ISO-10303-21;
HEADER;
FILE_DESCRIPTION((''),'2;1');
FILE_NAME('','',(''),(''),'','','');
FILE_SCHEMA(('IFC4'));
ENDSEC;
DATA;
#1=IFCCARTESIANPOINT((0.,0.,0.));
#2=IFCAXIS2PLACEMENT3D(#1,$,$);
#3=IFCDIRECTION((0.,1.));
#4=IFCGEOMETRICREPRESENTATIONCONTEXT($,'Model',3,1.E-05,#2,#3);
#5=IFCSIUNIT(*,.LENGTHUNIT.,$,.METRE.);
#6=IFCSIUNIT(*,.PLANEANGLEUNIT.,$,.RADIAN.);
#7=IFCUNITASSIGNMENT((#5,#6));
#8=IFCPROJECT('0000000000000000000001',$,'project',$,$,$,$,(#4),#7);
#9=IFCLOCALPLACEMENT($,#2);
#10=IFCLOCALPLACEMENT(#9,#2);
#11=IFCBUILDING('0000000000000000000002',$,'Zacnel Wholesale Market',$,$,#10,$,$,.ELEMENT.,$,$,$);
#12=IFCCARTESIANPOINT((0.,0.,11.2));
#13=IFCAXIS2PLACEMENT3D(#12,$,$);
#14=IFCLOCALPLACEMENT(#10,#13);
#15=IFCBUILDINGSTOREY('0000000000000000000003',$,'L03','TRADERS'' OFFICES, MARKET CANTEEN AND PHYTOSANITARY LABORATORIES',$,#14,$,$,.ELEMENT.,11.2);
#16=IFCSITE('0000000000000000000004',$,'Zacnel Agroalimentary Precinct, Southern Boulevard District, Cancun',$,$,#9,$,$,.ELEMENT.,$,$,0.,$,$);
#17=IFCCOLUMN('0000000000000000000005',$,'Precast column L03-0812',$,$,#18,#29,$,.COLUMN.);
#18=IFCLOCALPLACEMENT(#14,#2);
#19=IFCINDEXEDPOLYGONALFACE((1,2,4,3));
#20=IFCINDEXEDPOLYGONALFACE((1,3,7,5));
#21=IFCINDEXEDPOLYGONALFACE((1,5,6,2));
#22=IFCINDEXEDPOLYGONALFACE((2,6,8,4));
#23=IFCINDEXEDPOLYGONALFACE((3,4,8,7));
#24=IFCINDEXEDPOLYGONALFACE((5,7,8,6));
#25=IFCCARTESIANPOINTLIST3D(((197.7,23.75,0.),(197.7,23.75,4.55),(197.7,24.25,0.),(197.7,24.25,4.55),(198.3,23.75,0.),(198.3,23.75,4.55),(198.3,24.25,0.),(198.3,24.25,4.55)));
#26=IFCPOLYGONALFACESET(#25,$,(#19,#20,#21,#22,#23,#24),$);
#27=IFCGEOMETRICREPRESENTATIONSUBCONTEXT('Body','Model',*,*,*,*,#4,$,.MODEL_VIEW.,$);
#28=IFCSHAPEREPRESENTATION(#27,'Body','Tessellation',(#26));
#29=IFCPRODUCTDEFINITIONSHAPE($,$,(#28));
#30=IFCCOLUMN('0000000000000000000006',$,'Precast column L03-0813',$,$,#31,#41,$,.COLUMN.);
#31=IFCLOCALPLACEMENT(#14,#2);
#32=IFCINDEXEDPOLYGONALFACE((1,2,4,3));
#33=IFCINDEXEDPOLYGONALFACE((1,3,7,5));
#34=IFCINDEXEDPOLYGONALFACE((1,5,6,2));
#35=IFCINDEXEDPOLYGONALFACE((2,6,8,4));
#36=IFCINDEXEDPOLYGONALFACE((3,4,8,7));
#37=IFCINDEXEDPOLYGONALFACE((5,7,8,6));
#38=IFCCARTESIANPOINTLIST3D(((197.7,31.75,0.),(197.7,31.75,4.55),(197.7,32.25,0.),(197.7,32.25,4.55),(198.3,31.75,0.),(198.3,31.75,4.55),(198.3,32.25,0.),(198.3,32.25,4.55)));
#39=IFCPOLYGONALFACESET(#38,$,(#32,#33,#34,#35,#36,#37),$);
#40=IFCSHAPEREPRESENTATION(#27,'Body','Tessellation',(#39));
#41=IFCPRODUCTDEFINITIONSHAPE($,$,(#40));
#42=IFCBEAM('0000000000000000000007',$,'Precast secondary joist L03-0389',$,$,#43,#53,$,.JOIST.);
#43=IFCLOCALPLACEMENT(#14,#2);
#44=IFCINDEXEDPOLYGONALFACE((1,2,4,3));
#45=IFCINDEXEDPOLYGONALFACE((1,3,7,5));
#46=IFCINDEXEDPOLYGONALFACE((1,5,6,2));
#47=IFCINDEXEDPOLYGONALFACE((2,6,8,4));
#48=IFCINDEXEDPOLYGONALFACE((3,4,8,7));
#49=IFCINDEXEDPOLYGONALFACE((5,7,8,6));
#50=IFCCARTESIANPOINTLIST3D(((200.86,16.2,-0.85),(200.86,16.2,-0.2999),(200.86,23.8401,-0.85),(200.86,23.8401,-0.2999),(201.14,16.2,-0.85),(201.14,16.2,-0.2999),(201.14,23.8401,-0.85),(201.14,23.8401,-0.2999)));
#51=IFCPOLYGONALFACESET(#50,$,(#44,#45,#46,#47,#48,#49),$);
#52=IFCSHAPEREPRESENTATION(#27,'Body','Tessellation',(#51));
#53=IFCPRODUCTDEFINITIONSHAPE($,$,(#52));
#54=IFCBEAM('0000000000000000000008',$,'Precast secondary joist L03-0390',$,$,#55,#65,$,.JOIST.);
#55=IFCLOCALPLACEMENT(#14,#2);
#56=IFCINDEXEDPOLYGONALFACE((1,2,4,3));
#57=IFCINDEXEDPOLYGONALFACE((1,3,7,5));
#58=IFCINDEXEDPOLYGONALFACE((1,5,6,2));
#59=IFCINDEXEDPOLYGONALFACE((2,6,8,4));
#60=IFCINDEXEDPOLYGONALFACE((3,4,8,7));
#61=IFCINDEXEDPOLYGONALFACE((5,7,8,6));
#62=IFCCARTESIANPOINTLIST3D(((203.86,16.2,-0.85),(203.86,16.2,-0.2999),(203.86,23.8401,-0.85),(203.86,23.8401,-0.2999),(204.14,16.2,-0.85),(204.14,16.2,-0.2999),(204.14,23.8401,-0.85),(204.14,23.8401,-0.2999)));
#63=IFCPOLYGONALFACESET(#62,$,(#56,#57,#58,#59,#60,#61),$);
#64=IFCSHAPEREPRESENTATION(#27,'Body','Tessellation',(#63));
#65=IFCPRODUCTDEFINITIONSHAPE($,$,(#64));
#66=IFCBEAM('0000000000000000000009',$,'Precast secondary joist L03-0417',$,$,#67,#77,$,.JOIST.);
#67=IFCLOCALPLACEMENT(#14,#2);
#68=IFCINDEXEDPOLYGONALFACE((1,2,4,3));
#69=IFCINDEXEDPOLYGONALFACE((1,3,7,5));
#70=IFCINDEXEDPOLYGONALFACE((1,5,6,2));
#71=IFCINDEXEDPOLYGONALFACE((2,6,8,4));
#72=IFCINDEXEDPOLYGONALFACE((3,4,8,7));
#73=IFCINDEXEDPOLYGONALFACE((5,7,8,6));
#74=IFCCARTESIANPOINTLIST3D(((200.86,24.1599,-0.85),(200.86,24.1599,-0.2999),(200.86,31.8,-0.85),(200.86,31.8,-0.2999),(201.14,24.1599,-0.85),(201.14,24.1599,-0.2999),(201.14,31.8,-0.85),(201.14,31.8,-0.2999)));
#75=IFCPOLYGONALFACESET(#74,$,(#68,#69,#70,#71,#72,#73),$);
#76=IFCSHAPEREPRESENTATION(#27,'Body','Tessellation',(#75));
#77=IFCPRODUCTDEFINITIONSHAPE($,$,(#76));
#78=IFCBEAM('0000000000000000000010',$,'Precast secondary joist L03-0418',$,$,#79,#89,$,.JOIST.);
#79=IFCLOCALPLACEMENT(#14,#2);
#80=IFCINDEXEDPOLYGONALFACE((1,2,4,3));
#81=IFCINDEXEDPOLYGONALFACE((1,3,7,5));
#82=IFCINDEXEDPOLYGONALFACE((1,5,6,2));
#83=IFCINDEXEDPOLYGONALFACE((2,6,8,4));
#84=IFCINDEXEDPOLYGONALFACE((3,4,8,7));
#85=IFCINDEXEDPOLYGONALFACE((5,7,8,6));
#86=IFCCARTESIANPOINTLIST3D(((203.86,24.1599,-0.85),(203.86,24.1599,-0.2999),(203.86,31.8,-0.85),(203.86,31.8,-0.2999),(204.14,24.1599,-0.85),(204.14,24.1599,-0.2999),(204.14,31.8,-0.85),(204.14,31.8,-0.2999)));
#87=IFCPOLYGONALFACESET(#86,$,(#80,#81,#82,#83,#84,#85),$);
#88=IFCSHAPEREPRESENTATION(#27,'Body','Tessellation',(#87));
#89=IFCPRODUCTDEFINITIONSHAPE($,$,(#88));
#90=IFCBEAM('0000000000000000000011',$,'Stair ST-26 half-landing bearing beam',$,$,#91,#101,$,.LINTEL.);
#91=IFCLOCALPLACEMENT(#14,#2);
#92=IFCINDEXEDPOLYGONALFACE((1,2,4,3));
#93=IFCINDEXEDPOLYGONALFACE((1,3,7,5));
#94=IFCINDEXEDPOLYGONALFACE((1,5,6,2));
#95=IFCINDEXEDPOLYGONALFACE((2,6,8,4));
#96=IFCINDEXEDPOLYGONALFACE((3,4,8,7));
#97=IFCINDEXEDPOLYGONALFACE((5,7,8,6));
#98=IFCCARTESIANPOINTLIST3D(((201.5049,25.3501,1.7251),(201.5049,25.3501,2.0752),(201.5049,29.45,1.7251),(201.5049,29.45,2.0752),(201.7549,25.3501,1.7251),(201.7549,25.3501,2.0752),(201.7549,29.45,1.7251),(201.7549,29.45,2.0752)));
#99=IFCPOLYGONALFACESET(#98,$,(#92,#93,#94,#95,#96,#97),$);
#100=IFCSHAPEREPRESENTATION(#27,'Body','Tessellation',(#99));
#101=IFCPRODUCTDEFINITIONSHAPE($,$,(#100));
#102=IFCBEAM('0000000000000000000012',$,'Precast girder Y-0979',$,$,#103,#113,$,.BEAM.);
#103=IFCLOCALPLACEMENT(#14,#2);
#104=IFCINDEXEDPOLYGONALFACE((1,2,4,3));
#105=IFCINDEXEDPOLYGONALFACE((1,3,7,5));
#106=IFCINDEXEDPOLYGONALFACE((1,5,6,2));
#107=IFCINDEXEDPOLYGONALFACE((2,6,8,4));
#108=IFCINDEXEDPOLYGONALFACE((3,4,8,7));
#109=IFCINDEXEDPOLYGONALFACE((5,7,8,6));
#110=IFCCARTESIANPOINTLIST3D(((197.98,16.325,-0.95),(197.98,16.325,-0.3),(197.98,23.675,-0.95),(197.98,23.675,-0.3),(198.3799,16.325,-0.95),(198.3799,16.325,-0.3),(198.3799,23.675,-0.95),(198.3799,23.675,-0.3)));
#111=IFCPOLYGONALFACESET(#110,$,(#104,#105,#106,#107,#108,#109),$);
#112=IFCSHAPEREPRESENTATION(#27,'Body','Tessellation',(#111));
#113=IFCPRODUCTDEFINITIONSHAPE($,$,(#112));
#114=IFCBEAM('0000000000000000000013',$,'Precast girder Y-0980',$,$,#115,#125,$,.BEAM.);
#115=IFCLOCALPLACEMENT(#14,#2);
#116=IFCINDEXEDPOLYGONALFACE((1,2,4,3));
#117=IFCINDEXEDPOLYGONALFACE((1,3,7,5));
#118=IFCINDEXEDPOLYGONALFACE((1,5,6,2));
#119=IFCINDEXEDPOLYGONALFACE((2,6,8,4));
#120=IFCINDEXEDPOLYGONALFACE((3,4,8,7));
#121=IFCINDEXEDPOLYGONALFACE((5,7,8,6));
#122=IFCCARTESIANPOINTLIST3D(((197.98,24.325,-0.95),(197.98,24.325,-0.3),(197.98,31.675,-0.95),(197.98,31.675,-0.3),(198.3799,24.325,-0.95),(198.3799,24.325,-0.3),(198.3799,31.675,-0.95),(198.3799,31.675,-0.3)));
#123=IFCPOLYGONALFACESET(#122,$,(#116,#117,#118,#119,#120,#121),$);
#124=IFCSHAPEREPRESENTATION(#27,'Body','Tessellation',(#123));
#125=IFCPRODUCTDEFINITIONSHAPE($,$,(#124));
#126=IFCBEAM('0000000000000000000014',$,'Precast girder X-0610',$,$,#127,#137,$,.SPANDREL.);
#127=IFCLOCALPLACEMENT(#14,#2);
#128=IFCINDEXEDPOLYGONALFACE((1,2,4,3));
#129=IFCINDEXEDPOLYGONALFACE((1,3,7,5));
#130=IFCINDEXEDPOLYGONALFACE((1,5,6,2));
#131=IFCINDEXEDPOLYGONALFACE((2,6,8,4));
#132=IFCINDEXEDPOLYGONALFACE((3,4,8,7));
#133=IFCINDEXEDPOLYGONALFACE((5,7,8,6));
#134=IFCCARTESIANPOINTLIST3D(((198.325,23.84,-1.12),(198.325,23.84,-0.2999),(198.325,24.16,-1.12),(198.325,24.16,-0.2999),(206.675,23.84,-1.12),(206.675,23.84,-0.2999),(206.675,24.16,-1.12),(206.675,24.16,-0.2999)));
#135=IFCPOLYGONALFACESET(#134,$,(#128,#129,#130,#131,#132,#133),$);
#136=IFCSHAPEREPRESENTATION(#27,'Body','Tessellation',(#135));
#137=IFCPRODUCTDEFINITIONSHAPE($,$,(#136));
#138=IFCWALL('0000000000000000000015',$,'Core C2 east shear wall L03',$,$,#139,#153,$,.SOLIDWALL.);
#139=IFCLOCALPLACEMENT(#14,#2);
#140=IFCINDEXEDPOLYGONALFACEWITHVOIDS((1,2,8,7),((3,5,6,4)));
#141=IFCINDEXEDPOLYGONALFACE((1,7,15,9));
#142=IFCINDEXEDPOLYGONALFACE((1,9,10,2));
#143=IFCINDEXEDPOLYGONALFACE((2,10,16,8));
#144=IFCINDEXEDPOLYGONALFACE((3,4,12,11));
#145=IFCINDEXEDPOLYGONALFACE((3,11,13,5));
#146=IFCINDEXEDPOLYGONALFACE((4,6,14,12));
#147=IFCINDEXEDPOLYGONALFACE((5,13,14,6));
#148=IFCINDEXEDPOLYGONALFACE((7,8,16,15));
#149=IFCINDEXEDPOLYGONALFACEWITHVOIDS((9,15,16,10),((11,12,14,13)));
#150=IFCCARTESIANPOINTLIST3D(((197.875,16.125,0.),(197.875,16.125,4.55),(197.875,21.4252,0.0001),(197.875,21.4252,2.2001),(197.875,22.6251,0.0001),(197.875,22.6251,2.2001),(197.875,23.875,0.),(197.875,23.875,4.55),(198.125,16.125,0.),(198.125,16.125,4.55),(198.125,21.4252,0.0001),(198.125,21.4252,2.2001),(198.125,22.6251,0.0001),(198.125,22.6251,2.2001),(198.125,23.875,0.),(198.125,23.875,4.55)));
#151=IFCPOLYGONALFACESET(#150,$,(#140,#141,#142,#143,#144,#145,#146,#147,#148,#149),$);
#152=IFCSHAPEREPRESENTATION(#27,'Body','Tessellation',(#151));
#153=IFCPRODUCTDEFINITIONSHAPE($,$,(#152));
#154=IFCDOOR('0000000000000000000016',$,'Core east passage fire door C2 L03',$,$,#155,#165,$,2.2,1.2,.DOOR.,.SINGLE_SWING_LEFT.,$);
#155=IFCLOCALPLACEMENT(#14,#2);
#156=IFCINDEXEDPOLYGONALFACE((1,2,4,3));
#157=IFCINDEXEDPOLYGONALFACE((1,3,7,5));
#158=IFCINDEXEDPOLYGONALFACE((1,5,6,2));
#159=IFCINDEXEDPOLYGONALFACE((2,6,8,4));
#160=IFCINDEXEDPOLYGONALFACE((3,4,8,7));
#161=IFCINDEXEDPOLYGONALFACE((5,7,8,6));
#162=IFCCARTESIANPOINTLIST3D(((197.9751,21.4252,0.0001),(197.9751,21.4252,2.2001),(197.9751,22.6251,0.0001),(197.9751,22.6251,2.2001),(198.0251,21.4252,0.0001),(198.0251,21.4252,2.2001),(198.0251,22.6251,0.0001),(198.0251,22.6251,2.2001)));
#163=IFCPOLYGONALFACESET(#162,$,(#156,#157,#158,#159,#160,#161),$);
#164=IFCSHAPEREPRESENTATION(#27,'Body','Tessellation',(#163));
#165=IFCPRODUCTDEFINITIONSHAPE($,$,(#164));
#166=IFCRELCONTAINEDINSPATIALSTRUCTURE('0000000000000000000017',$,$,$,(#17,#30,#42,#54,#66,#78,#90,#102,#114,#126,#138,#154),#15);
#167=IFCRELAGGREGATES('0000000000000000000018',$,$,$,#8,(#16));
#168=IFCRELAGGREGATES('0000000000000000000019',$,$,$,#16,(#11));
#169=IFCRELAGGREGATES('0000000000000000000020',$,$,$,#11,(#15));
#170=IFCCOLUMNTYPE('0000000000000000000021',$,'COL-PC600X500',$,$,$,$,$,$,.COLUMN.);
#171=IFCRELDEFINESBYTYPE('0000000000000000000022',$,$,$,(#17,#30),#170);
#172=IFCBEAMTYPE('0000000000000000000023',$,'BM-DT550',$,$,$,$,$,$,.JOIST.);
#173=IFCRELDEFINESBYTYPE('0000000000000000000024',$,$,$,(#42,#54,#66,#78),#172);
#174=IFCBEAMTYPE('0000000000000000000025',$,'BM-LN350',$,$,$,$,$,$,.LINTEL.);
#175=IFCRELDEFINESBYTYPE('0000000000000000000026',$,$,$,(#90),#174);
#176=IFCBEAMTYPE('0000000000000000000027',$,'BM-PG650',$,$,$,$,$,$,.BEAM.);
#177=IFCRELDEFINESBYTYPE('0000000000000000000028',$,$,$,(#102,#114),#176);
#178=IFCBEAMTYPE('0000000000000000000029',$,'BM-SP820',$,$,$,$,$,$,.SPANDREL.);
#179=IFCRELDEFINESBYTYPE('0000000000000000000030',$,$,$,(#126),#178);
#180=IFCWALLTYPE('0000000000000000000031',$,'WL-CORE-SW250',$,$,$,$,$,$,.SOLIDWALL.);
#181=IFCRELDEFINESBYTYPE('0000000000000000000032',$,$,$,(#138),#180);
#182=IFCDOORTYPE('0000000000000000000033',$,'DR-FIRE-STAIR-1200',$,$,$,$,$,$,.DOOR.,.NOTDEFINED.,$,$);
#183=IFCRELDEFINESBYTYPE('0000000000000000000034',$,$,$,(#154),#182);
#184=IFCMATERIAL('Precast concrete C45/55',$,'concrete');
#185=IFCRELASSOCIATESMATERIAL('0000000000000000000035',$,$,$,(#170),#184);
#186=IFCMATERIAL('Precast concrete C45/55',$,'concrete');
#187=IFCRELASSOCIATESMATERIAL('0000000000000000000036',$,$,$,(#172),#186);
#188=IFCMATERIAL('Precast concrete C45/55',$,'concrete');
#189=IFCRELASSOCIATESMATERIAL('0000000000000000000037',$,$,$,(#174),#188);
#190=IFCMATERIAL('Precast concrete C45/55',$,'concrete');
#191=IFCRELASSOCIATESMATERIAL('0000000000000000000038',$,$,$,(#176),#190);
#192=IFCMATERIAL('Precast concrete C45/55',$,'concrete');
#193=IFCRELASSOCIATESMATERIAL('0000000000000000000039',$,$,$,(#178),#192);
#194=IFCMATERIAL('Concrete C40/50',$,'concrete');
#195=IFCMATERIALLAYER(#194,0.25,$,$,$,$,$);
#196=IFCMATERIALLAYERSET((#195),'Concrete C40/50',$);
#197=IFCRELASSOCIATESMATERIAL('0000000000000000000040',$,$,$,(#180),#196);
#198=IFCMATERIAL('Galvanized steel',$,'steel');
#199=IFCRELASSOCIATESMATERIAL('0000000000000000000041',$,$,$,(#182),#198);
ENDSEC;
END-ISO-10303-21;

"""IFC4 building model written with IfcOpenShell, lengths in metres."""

from ifc_helpers import new_model, si_unit, direction, frame, frame_2d, origin, origin_2d, place, context, subcontext, project, spatial, rectangle, extrude, material, layer, layer_set, material_profile, profile_set, type_object, element, fill, save


model = new_model("IFC4")

# Units and contexts
model_context = context("Model", 3, precision=1e-05, world=origin(), true_north=direction((0.0, 1.0)))
body_context = subcontext(model_context, "Body", "Model", "MODEL_VIEW")
ifc_project = project(units=[si_unit("LENGTHUNIT", "METRE"), si_unit("PLANEANGLEUNIT", "RADIAN")], contexts=[model_context])

# Site, building, storey
site_placement = place(None, origin())
site = spatial("IfcSite", under=ifc_project, at=site_placement, Name="Zacnel Agroalimentary Precinct, Southern Boulevard District, Cancun", CompositionType="ELEMENT", RefElevation=0.0)
building_placement = place(site_placement, origin())
building = spatial("IfcBuilding", under=site, at=building_placement, Name="Zacnel Wholesale Market", CompositionType="ELEMENT")
storey_placement = place(building_placement, frame((0.0, 0.0, 11.2)))
storey = spatial("IfcBuildingStorey", under=building, at=storey_placement, Name="L03", Description="TRADERS' OFFICES, MARKET CANTEEN AND PHYTOSANITARY LABORATORIES", CompositionType="ELEMENT", Elevation=11.2)

# Columns
ifc_material_1 = material(Name="Precast concrete C45/55", Category="concrete")
ifc_material_profile_1 = material_profile(ifc_material_1, rectangle(XDim=0.6001, YDim=0.5, at=origin_2d()), Name="PC 600x500")
ifc_profile_set_1 = profile_set([ifc_material_profile_1], Name="Precast concrete C45/55")
column_type = type_object("IfcColumnType", Name="COL-PC600X500", PredefinedType="COLUMN", material=ifc_profile_set_1)
for number, where, z_axis, x_axis, name in (
    (1, (198.0, 24.0, 0.0), (0.0, 0.0, 1.0), (1.0, 0.0, 0.0), "Precast column L03-0812"),
    (2, (198.0, 32.0, 0.0), (0.0, 0.0, 1.0), (1.0, 0.0, 0.0), "Precast column L03-0813"),
):
    element("IfcColumn", number, at=place(storey_placement, frame(where, z_axis=z_axis, x_axis=x_axis)), inside=storey, type_object=column_type, Name=name, PredefinedType="COLUMN", context=body_context, shape_type="SweptSolid", body=[
        extrude(rectangle(XDim=0.6001, YDim=0.5, at=origin_2d()), origin(), (0.0, 0.0, 1.0), 4.55),
    ])

# Beams
ifc_material_2 = material(Name="Precast concrete C45/55", Category="concrete")
ifc_material_profile_2 = material_profile(ifc_material_2, rectangle(XDim=0.28, YDim=0.55, at=origin_2d()), Name="DT RIB 280x550")
ifc_profile_set_2 = profile_set([ifc_material_profile_2], Name="Precast concrete C45/55")
beam_type_1 = type_object("IfcBeamType", Name="BM-DT550", PredefinedType="JOIST", material=ifc_profile_set_2)
for number, where, z_axis, x_axis, name in (
    (3, (201.0, 16.2, -0.575), (0.0, 1.0, 0.0), (-1.0, 0.0, 0.0), "Precast secondary joist L03-0389"),
    (4, (204.0, 16.2, -0.575), (0.0, 1.0, 0.0), (-1.0, 0.0, 0.0), "Precast secondary joist L03-0390"),
    (5, (201.0, 24.1599, -0.575), (0.0, 1.0, 0.0), (-1.0, 0.0, 0.0), "Precast secondary joist L03-0417"),
    (6, (204.0, 24.1599, -0.575), (0.0, 1.0, 0.0), (-1.0, 0.0, 0.0), "Precast secondary joist L03-0418"),
):
    element("IfcBeam", number, at=place(storey_placement, frame(where, z_axis=z_axis, x_axis=x_axis)), inside=storey, type_object=beam_type_1, Name=name, PredefinedType="JOIST", context=body_context, shape_type="SweptSolid", body=[
        extrude(rectangle(XDim=0.28, YDim=0.55, at=origin_2d()), origin(), (0.0, 0.0, 1.0), 7.6401),
    ])
ifc_material_3 = material(Name="Precast concrete C45/55", Category="concrete")
ifc_material_profile_3 = material_profile(ifc_material_3, rectangle(XDim=0.25, YDim=0.3501, at=origin_2d()), Name="LN 250x350")
ifc_profile_set_3 = profile_set([ifc_material_profile_3], Name="Precast concrete C45/55")
beam_type_2 = type_object("IfcBeamType", Name="BM-LN350", PredefinedType="LINTEL", material=ifc_profile_set_3)
beam_1_placement = place(storey_placement, frame((201.6299, 25.3501, 1.9001), z_axis=(0.0, 1.0, 0.0), x_axis=(-1.0, 0.0, 0.0)))
element("IfcBeam", 7, at=beam_1_placement, inside=storey, type_object=beam_type_2, Name="Stair ST-26 half-landing bearing beam", PredefinedType="LINTEL", context=body_context, shape_type="SweptSolid", body=[
    extrude(rectangle(XDim=0.25, YDim=0.3501, at=origin_2d()), origin(), (0.0, 0.0, 1.0), 4.0999),
])
ifc_material_4 = material(Name="Precast concrete C45/55", Category="concrete")
ifc_material_profile_4 = material_profile(ifc_material_4, rectangle(XDim=0.3999, YDim=0.6499, at=origin_2d()), Name="PG 400x650")
ifc_profile_set_4 = profile_set([ifc_material_profile_4], Name="Precast concrete C45/55")
beam_type_3 = type_object("IfcBeamType", Name="BM-PG650", PredefinedType="BEAM", material=ifc_profile_set_4)
for number, where, z_axis, x_axis, name in (
    (8, (198.1799, 16.325, -0.625), (0.0, 1.0, 0.0), (-1.0, 0.0, 0.0), "Precast girder Y-0979"),
    (9, (198.1799, 24.325, -0.625), (0.0, 1.0, 0.0), (-1.0, 0.0, 0.0), "Precast girder Y-0980"),
):
    element("IfcBeam", number, at=place(storey_placement, frame(where, z_axis=z_axis, x_axis=x_axis)), inside=storey, type_object=beam_type_3, Name=name, PredefinedType="BEAM", context=body_context, shape_type="SweptSolid", body=[
        extrude(rectangle(XDim=0.3999, YDim=0.6499, at=origin_2d()), origin(), (0.0, 0.0, 1.0), 7.3501),
    ])
ifc_material_5 = material(Name="Precast concrete C45/55", Category="concrete")
ifc_material_profile_5 = material_profile(ifc_material_5, rectangle(XDim=0.3201, YDim=0.8201, at=origin_2d()), Name="SP 320x820")
ifc_profile_set_5 = profile_set([ifc_material_profile_5], Name="Precast concrete C45/55")
beam_type_4 = type_object("IfcBeamType", Name="BM-SP820", PredefinedType="SPANDREL", material=ifc_profile_set_5)
beam_2_placement = place(storey_placement, frame((198.325, 24.0, -0.71), z_axis=(1.0, 0.0, 0.0), x_axis=(0.0, 1.0, 0.0)))
element("IfcBeam", 10, at=beam_2_placement, inside=storey, type_object=beam_type_4, Name="Precast girder X-0610", PredefinedType="SPANDREL", context=body_context, shape_type="SweptSolid", body=[
    extrude(rectangle(XDim=0.3201, YDim=0.8201, at=origin_2d()), origin(), (0.0, 0.0, 1.0), 8.3501),
])

# Wall, opening, door
ifc_material_6 = material(Name="Concrete C40/50", Category="concrete")
ifc_layer_1 = layer(ifc_material_6, 0.25)
ifc_layer_set_1 = layer_set([ifc_layer_1], Name="Concrete C40/50")
wall_type_1 = type_object("IfcWallType", Name="WL-CORE-SW250", PredefinedType="SOLIDWALL", material=ifc_layer_set_1)
wall_1_placement = place(storey_placement, frame((198.0, 16.125, 0.0), z_axis=(0.0, 0.0, 1.0), x_axis=(0.0, 1.0, 0.0)))
wall_1 = element("IfcWall", 11, at=wall_1_placement, inside=storey, type_object=wall_type_1, Name="Core C2 east shear wall L03", PredefinedType="SOLIDWALL", context=body_context, shape_type="SweptSolid", body=[
    extrude(rectangle(XDim=7.75, YDim=0.25, at=frame_2d((3.875, 0.0))), origin(), (0.0, 0.0, 1.0), 4.55),
])
opening_1_placement = place(wall_1_placement, frame((5.3, 0.0, 0.0)))
opening_1 = element("IfcOpeningElement", 12, at=opening_1_placement, cuts=wall_1, PredefinedType="OPENING", context=body_context, shape_type="SweptSolid", body=[
    extrude(rectangle(XDim=1.2, YDim=2.2, at=frame_2d((0.6001, 1.1001))), frame((0.0, 0.135, 0.0), z_axis=(0.0, -1.0, 0.0), x_axis=(1.0, 0.0, 0.0)), (0.0, 0.0, 1.0), 0.27),
])
ifc_material_7 = material(Name="Galvanized steel", Category="steel")
door_type_1 = type_object("IfcDoorType", Name="DR-FIRE-STAIR-1200", OperationType="NOTDEFINED", PredefinedType="DOOR", material=ifc_material_7)
door_1_placement = place(opening_1_placement, origin())
door_1 = element("IfcDoor", 13, at=door_1_placement, inside=storey, type_object=door_type_1, Name="Core east passage fire door C2 L03", OperationType="SINGLE_SWING_LEFT", OverallHeight=2.2, OverallWidth=1.2, PredefinedType="DOOR", context=body_context, shape_type="SweptSolid", body=[
    extrude(rectangle(XDim=1.2, YDim=2.2, at=frame_2d((0.6001, 1.1001))), frame((0.0, 0.0249, 0.0), z_axis=(0.0, -1.0, 0.0), x_axis=(1.0, 0.0, 0.0)), (0.0, 0.0, 1.0), 0.05),
])
fill(opening_1, door_1)

save(model, "model.ifc")
